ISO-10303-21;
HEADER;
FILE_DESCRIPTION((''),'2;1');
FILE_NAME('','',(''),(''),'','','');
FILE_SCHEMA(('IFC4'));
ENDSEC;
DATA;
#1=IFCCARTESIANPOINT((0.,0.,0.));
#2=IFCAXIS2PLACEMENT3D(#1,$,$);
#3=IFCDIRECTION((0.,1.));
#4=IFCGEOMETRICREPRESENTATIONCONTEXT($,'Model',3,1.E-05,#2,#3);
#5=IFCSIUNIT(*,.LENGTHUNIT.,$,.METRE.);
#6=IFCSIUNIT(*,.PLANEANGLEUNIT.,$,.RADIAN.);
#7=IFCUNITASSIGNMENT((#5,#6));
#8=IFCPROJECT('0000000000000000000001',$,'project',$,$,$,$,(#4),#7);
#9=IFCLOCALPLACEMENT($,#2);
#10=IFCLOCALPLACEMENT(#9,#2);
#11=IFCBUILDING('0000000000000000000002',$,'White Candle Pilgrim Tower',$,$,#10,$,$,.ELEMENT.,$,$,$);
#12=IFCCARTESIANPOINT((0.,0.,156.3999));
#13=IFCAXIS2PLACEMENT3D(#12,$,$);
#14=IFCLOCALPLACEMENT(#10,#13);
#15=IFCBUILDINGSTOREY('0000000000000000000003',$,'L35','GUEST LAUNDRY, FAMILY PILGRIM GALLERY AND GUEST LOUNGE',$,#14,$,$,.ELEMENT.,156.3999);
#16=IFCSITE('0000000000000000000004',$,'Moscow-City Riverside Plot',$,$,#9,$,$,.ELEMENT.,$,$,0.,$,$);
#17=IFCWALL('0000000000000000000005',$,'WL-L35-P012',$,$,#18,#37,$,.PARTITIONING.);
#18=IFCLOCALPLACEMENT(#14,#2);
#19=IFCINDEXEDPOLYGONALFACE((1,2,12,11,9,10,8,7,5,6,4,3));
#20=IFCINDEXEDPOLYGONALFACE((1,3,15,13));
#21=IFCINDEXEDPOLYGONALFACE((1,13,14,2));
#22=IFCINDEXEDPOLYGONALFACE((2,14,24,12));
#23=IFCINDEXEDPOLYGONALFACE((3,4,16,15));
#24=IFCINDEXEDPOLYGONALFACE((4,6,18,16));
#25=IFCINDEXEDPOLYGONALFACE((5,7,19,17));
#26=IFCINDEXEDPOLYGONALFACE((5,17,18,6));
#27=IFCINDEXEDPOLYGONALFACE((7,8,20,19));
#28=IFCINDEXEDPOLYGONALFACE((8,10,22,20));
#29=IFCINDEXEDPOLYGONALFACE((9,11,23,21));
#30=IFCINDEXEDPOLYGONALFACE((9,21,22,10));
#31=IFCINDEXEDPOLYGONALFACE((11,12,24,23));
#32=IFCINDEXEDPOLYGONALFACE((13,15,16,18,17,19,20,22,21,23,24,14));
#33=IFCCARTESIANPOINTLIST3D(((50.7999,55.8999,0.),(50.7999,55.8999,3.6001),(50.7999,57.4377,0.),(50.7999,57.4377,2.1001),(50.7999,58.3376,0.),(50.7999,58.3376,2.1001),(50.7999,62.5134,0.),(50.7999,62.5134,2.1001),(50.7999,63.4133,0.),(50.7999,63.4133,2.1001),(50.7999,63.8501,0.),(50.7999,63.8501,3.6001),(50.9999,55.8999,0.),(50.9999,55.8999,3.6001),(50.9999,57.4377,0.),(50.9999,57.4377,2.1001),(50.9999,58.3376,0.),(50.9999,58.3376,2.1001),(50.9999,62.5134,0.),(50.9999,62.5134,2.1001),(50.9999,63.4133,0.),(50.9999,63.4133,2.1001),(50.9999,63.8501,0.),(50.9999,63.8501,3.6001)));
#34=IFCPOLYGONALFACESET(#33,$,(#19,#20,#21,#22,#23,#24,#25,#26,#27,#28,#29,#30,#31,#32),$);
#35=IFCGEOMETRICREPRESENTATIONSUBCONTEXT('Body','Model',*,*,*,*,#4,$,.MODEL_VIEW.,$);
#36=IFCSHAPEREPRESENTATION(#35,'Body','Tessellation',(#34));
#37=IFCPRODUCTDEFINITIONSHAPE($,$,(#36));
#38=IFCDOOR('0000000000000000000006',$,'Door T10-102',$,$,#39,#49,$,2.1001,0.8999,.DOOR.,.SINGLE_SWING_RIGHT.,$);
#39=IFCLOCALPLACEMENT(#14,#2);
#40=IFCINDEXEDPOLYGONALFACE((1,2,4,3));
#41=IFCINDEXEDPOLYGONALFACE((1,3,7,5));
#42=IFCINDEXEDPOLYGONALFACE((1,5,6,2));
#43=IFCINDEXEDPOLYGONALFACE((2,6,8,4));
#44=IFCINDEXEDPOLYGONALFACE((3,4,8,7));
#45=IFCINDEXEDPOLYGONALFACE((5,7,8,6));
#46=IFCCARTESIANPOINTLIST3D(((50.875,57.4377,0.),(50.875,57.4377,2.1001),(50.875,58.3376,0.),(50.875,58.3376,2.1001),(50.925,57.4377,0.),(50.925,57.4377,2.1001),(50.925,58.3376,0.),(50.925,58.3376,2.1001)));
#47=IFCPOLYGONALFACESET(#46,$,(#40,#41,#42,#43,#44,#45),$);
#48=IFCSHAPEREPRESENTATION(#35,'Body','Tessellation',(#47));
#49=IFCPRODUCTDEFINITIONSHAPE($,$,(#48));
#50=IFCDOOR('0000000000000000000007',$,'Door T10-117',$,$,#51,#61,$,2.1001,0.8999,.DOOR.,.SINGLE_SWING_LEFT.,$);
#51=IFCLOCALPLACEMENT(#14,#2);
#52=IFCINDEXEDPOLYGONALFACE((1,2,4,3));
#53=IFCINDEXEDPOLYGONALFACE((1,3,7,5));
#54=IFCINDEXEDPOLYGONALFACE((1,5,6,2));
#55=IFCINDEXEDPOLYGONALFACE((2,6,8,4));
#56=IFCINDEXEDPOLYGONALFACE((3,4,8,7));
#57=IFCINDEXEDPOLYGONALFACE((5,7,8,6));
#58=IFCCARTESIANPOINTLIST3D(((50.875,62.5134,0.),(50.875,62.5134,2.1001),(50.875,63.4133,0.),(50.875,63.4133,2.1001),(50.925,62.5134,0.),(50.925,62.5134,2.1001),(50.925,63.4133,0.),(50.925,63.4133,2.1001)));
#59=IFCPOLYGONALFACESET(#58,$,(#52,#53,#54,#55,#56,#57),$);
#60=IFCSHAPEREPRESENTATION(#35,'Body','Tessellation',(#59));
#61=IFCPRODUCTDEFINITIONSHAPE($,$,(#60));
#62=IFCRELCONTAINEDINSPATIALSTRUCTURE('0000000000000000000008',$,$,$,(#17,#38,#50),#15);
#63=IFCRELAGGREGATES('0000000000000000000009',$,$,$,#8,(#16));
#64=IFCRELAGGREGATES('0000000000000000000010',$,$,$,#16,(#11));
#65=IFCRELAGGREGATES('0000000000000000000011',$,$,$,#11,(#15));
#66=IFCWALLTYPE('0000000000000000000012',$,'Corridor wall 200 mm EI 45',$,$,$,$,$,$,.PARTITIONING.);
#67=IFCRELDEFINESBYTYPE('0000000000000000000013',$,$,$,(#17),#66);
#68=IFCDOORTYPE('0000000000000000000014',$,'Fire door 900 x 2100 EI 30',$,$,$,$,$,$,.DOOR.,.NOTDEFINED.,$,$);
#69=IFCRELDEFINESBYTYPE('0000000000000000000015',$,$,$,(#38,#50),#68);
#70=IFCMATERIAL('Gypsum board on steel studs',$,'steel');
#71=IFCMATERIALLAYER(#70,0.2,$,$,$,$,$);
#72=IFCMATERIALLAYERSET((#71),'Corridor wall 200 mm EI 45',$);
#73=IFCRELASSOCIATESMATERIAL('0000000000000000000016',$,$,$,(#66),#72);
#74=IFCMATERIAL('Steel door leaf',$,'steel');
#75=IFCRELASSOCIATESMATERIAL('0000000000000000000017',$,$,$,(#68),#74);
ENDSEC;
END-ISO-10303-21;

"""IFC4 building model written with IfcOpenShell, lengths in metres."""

from ifc_helpers import new_model, si_unit, direction, frame, frame_2d, origin, place, context, subcontext, project, spatial, rectangle, extrude, material, layer, layer_set, type_object, element, fill, save


model = new_model("IFC4")

# Units and contexts
model_context = context("Model", 3, precision=1e-05, world=origin(), true_north=direction((0.0, 1.0)))
body_context = subcontext(model_context, "Body", "Model", "MODEL_VIEW")
ifc_project = project(units=[si_unit("LENGTHUNIT", "METRE"), si_unit("PLANEANGLEUNIT", "RADIAN")], contexts=[model_context])

# Site, building, storey
site_placement = place(None, origin())
site = spatial("IfcSite", under=ifc_project, at=site_placement, Name="Moscow-City Riverside Plot", CompositionType="ELEMENT", RefElevation=0.0)
building_placement = place(site_placement, origin())
building = spatial("IfcBuilding", under=site, at=building_placement, Name="White Candle Pilgrim Tower", CompositionType="ELEMENT")
storey_placement = place(building_placement, frame((0.0, 0.0, 156.3999)))
storey = spatial("IfcBuildingStorey", under=building, at=storey_placement, Name="L35", Description="GUEST LAUNDRY, FAMILY PILGRIM GALLERY AND GUEST LOUNGE", CompositionType="ELEMENT", Elevation=156.3999)

# Wall, openings, doors
ifc_material_1 = material(Name="Gypsum board on steel studs", Category="steel")
ifc_layer_1 = layer(ifc_material_1, 0.2)
ifc_layer_set_1 = layer_set([ifc_layer_1], Name="Corridor wall 200 mm EI 45")
wall_type_1 = type_object("IfcWallType", Name="Corridor wall 200 mm EI 45", PredefinedType="PARTITIONING", material=ifc_layer_set_1)
wall_1_placement = place(storey_placement, frame((50.8999, 55.8999, 0.0), z_axis=(0.0, 0.0, 1.0), x_axis=(0.0, 1.0, 0.0)))
wall_1 = element("IfcWall", 1, at=wall_1_placement, inside=storey, type_object=wall_type_1, Name="WL-L35-P012", PredefinedType="PARTITIONING", context=body_context, shape_type="SweptSolid", body=[
    extrude(rectangle(XDim=7.9502, YDim=0.2, at=frame_2d((3.9751, 0.0))), origin(), (0.0, 0.0, 1.0), 3.6001),
])
opening_1_placement = place(wall_1_placement, frame((1.5378, 0.0, 0.0)))
opening_1 = element("IfcOpeningElement", 2, at=opening_1_placement, cuts=wall_1, PredefinedType="OPENING", context=body_context, shape_type="SweptSolid", body=[
    extrude(rectangle(XDim=0.8999, YDim=2.1001, at=frame_2d((0.45, 1.05))), frame((0.0, 0.1099, 0.0), z_axis=(0.0, -1.0, 0.0), x_axis=(1.0, 0.0, 0.0)), (0.0, 0.0, 1.0), 0.22),
])
opening_2_placement = place(wall_1_placement, frame((6.6135, 0.0, 0.0)))
opening_2 = element("IfcOpeningElement", 3, at=opening_2_placement, cuts=wall_1, PredefinedType="OPENING", context=body_context, shape_type="SweptSolid", body=[
    extrude(rectangle(XDim=0.8999, YDim=2.1001, at=frame_2d((0.45, 1.05))), frame((0.0, 0.1099, 0.0), z_axis=(0.0, -1.0, 0.0), x_axis=(1.0, 0.0, 0.0)), (0.0, 0.0, 1.0), 0.22),
])
ifc_material_2 = material(Name="Steel door leaf", Category="steel")
door_type_1 = type_object("IfcDoorType", Name="Fire door 900 x 2100 EI 30", OperationType="NOTDEFINED", PredefinedType="DOOR", material=ifc_material_2)
door_1_placement = place(opening_1_placement, origin())
door_1 = element("IfcDoor", 4, at=door_1_placement, inside=storey, type_object=door_type_1, Name="Door T10-102", OperationType="SINGLE_SWING_RIGHT", OverallHeight=2.1001, OverallWidth=0.8999, PredefinedType="DOOR", context=body_context, shape_type="SweptSolid", body=[
    extrude(rectangle(XDim=0.8999, YDim=2.1001, at=frame_2d((0.45, 1.05))), frame((0.0, 0.0249, 0.0), z_axis=(0.0, -1.0, 0.0), x_axis=(1.0, 0.0, 0.0)), (0.0, 0.0, 1.0), 0.05),
])
fill(opening_1, door_1)
door_2_placement = place(opening_2_placement, origin())
door_2 = element("IfcDoor", 5, at=door_2_placement, inside=storey, type_object=door_type_1, Name="Door T10-117", OperationType="SINGLE_SWING_LEFT", OverallHeight=2.1001, OverallWidth=0.8999, PredefinedType="DOOR", context=body_context, shape_type="SweptSolid", body=[
    extrude(rectangle(XDim=0.8999, YDim=2.1001, at=frame_2d((0.45, 1.05))), frame((0.0, 0.0249, 0.0), z_axis=(0.0, -1.0, 0.0), x_axis=(1.0, 0.0, 0.0)), (0.0, 0.0, 1.0), 0.05),
])
fill(opening_2, door_2)

save(model, "model.ifc")
